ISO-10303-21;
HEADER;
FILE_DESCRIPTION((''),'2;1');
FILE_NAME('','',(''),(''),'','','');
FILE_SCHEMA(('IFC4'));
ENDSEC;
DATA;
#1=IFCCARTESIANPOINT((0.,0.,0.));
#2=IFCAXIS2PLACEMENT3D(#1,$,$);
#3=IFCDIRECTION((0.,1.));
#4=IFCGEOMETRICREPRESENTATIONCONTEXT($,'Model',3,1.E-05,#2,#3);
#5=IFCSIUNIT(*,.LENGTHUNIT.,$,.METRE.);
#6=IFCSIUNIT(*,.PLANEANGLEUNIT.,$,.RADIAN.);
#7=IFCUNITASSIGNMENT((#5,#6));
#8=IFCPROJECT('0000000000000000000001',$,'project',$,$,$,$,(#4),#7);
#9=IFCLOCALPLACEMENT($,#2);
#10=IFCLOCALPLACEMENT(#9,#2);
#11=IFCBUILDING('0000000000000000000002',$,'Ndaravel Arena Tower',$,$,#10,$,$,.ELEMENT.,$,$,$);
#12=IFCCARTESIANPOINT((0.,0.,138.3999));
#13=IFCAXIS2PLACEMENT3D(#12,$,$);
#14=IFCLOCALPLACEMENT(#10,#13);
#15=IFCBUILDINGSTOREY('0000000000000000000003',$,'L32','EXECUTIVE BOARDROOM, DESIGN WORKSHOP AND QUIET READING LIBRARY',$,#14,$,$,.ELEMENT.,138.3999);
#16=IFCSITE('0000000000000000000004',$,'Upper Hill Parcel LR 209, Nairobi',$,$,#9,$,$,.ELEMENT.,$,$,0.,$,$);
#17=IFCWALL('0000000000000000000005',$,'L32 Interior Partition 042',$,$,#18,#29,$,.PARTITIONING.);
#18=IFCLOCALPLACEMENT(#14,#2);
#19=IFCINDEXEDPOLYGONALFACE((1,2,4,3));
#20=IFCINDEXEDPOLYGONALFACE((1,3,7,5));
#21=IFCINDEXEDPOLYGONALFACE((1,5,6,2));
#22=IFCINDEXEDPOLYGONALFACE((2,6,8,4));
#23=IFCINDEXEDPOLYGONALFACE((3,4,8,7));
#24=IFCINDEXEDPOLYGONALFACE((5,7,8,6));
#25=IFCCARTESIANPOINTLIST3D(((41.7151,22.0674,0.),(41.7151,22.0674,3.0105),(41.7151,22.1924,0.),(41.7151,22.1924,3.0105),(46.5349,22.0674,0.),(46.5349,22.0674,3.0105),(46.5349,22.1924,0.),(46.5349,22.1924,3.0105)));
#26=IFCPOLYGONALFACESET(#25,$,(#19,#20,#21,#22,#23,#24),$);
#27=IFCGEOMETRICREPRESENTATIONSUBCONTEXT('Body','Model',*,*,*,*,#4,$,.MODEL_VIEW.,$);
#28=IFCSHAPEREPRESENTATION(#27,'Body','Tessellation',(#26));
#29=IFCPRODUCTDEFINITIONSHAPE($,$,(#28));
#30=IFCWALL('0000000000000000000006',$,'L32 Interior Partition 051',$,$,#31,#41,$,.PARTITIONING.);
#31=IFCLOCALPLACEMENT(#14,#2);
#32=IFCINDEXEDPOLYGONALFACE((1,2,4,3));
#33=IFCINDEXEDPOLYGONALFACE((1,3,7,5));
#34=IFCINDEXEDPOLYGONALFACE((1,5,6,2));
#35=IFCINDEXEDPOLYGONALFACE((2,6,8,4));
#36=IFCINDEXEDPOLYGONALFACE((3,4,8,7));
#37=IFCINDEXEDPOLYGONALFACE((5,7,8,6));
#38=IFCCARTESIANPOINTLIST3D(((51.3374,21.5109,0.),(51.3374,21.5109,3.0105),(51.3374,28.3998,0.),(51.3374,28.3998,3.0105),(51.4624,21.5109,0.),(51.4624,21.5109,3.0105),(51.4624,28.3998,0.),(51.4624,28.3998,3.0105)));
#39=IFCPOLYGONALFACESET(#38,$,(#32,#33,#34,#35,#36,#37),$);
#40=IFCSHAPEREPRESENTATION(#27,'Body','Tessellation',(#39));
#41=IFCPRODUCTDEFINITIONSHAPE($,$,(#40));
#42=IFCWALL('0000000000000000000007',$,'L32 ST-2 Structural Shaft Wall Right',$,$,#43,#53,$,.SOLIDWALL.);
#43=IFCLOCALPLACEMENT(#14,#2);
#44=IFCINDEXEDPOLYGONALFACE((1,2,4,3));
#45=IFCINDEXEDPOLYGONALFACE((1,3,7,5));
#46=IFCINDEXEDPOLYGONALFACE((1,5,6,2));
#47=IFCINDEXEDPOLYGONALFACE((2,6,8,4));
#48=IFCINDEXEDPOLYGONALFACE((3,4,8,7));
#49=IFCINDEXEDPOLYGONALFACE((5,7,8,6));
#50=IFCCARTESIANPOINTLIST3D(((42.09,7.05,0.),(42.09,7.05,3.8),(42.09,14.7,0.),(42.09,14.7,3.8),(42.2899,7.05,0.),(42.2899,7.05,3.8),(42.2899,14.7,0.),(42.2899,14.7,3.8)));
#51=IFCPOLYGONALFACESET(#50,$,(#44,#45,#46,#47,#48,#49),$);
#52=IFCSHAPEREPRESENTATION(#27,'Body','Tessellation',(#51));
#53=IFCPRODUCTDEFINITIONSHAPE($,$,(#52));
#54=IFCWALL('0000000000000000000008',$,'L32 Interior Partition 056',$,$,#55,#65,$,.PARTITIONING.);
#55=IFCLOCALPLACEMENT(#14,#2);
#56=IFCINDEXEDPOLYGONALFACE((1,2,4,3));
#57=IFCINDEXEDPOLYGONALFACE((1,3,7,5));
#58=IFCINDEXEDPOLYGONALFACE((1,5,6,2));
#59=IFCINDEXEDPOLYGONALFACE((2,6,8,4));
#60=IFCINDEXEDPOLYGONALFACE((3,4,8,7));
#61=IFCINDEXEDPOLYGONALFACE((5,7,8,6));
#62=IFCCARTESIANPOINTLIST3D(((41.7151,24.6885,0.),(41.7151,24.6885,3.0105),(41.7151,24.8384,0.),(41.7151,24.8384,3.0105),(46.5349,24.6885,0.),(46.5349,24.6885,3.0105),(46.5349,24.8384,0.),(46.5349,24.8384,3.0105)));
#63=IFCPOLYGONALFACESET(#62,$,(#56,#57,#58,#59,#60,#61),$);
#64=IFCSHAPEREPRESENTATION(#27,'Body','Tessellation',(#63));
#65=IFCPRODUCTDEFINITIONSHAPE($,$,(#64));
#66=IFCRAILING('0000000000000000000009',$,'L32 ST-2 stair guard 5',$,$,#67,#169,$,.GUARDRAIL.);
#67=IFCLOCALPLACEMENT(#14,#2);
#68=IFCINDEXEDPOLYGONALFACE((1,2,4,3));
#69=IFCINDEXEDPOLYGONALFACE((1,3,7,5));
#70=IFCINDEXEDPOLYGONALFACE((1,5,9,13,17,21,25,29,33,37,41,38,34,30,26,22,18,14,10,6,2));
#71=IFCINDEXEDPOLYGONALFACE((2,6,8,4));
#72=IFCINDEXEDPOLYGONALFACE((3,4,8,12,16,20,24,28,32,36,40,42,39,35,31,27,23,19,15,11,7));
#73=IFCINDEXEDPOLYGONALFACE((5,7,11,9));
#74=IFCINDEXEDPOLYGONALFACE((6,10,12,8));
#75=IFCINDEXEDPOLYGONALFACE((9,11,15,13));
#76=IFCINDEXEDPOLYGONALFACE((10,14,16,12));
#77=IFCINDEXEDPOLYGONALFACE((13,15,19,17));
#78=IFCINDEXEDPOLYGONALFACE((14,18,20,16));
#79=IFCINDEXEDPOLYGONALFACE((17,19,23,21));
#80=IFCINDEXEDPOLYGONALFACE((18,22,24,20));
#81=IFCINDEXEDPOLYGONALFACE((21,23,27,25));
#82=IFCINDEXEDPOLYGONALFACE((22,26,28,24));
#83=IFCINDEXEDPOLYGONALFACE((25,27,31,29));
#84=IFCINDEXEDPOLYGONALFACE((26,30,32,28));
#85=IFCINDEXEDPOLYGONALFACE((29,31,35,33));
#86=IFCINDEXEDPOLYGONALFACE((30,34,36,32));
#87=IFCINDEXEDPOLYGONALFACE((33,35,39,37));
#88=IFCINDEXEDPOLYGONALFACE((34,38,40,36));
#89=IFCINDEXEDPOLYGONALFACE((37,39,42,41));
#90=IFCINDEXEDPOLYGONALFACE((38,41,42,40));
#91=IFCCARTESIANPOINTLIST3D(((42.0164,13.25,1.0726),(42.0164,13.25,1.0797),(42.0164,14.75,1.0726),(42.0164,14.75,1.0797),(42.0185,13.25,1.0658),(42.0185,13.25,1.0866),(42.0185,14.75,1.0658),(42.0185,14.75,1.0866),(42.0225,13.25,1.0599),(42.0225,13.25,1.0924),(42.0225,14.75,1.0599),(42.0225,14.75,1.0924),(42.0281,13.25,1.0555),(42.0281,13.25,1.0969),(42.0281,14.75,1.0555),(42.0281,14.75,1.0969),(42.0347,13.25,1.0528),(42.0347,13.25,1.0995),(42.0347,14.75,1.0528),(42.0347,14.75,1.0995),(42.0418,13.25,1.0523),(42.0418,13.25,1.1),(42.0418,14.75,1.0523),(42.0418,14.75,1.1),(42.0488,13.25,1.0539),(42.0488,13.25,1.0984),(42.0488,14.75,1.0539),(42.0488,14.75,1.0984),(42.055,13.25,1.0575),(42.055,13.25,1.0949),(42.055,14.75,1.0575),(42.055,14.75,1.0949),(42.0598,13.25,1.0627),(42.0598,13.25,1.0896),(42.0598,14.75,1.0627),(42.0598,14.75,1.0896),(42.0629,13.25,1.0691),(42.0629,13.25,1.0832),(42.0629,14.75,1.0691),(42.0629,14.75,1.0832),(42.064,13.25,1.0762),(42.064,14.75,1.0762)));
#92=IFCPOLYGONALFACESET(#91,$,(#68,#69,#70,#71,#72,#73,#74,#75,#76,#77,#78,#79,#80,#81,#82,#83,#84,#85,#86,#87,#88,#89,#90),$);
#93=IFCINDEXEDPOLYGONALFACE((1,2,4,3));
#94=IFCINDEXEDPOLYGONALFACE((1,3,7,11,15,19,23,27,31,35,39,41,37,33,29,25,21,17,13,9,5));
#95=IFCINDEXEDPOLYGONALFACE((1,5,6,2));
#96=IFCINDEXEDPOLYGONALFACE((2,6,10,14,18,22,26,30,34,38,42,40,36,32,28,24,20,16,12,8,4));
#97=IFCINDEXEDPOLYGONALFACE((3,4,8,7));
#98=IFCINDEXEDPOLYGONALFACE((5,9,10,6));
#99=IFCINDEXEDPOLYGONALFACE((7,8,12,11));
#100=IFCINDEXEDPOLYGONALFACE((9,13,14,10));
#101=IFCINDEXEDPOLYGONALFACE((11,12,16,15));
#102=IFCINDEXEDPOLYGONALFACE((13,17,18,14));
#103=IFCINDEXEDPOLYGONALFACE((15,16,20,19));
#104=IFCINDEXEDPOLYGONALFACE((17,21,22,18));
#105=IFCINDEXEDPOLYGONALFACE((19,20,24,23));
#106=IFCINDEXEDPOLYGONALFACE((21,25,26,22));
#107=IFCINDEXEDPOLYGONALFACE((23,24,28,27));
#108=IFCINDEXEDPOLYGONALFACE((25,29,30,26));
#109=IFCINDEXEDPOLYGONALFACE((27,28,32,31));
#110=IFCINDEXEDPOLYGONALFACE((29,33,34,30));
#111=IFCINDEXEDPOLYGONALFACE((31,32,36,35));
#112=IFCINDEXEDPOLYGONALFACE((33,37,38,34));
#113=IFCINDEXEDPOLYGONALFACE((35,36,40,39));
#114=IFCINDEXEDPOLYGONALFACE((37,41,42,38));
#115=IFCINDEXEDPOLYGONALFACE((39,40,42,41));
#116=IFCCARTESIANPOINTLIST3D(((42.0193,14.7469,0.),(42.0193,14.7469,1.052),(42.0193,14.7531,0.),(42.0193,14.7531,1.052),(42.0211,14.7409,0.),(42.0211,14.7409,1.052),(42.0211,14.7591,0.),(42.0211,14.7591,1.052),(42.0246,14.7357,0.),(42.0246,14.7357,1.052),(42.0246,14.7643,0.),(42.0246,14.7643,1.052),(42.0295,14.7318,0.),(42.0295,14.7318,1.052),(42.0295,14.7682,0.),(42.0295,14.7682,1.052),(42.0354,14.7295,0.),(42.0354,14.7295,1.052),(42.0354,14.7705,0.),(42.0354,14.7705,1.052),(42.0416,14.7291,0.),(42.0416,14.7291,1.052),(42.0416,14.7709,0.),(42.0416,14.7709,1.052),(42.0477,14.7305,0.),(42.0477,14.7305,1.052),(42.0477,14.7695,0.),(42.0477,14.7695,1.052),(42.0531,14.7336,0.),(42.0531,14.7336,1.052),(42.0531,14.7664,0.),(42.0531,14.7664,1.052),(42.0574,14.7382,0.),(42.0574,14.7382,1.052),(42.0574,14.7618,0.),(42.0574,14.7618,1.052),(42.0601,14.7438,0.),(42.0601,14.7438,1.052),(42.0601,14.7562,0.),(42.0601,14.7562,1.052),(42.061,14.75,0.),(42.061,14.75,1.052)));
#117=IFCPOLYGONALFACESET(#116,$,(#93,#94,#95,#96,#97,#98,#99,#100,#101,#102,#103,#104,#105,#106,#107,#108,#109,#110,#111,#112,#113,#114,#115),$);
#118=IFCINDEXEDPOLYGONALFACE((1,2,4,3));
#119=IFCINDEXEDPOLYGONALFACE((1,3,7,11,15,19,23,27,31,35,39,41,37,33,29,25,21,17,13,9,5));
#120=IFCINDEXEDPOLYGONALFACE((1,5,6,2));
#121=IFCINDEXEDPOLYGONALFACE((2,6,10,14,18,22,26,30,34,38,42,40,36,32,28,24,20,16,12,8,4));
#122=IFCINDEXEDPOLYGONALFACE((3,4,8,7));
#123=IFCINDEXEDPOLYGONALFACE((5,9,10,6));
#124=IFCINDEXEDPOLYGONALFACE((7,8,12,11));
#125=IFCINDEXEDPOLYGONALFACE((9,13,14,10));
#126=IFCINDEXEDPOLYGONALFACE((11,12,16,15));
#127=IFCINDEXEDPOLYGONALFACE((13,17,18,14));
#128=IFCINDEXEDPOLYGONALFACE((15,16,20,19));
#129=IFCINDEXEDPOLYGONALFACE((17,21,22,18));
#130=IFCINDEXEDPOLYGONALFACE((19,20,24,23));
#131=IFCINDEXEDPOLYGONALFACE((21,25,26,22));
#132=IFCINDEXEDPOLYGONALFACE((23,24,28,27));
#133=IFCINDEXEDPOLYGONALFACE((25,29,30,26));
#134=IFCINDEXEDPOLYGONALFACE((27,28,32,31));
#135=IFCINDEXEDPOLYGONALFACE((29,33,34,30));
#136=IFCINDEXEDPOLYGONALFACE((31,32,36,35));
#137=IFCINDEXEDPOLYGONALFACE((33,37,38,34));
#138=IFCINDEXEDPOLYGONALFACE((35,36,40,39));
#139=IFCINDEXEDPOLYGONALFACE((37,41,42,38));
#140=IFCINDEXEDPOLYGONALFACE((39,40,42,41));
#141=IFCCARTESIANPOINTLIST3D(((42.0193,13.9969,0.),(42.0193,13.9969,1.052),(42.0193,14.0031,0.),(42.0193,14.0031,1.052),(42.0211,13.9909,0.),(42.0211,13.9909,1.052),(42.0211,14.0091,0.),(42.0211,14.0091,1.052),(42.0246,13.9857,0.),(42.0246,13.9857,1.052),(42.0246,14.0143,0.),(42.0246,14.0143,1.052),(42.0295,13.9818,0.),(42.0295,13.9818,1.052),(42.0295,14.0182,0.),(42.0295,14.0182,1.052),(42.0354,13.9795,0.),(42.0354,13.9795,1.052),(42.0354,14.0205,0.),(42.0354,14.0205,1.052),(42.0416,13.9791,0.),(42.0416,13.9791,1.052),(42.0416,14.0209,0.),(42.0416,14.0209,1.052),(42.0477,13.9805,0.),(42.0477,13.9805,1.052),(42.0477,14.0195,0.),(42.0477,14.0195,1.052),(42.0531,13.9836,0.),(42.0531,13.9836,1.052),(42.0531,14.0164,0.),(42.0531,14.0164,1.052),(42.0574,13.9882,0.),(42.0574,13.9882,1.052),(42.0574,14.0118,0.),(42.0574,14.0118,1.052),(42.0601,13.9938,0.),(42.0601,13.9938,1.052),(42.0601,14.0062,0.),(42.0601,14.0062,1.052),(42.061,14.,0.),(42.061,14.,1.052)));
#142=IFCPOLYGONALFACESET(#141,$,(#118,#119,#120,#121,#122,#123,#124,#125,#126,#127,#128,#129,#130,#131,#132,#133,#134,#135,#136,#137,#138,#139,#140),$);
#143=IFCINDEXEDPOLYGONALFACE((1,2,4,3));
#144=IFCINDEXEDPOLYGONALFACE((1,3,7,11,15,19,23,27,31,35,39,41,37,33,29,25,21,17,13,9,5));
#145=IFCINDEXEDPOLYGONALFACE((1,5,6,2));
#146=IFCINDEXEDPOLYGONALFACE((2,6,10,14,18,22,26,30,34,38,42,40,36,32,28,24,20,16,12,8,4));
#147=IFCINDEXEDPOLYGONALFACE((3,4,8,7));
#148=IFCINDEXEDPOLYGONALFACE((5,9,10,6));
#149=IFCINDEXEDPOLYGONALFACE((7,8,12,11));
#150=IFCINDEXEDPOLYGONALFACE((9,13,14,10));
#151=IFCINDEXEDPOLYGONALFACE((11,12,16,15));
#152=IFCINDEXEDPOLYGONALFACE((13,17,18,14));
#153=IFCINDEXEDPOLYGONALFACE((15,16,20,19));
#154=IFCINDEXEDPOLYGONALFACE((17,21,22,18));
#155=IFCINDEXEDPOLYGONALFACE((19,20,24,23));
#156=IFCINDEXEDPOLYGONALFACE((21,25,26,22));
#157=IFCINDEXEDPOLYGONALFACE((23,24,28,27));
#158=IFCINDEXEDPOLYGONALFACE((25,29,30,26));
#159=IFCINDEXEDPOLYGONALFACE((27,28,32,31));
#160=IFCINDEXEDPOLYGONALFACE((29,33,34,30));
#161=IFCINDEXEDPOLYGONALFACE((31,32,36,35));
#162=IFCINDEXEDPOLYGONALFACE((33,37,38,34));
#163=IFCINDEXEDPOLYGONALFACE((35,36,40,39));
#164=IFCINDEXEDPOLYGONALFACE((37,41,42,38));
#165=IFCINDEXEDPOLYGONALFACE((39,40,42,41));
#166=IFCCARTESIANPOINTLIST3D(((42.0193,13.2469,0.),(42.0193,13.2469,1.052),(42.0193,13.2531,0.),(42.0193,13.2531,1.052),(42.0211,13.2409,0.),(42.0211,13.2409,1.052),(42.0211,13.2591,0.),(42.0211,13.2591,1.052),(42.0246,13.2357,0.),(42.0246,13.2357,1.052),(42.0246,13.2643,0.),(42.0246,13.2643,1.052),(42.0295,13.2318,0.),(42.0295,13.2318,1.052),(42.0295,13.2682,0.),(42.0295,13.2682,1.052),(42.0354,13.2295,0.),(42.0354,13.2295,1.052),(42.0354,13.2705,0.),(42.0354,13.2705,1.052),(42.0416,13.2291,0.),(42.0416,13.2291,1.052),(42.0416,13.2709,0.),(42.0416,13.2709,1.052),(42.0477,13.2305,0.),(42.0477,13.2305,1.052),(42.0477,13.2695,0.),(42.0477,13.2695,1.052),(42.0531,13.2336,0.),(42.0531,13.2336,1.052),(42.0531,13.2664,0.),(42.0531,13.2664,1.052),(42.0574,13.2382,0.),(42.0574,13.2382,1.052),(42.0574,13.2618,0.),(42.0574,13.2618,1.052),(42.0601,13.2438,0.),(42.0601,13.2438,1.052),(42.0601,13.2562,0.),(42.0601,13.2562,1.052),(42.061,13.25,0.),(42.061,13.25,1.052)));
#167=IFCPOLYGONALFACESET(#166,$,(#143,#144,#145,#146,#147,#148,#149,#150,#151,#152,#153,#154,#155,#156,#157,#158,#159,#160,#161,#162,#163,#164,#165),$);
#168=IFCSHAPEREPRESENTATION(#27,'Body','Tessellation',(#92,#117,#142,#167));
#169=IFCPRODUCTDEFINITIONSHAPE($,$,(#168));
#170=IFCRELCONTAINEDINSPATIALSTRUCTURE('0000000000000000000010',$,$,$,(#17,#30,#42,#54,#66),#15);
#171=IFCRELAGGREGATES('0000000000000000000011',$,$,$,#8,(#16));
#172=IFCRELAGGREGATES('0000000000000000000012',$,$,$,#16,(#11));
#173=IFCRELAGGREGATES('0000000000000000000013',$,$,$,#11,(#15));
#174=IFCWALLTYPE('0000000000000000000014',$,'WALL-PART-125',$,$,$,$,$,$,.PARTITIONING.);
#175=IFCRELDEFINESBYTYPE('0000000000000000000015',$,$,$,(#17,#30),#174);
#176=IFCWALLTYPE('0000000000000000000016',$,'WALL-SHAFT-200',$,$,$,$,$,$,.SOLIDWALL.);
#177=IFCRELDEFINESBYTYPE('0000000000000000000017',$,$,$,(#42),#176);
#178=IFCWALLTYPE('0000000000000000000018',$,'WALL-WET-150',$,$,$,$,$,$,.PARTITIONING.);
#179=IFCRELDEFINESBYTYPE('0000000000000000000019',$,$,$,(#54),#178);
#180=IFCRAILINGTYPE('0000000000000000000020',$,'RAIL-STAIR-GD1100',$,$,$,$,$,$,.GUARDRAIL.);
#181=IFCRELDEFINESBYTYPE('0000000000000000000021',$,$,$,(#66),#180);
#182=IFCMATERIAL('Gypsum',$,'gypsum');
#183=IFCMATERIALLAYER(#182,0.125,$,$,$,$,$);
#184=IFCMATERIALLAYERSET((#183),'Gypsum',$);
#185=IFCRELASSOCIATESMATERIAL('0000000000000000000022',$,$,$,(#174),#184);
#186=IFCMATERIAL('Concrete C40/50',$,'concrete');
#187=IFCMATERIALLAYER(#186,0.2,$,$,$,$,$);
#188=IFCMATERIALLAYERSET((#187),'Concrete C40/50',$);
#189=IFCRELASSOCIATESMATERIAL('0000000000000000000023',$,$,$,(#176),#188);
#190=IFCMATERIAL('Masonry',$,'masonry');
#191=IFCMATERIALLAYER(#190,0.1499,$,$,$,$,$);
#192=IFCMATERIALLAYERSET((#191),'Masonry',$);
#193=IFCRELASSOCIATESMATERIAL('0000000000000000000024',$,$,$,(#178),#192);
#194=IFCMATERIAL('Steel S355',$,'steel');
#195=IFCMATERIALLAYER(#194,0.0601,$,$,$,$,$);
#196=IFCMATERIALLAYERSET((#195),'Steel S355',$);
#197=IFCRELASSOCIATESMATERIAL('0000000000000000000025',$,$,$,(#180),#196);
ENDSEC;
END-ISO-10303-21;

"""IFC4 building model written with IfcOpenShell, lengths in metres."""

from ifc_helpers import new_model, si_unit, direction, frame, frame_2d, origin, origin_2d, place, context, subcontext, project, spatial, rectangle, circle, extrude, material, layer, layer_set, type_object, element, save


model = new_model("IFC4")

# Units and contexts
model_context = context("Model", 3, precision=1e-05, world=origin(), true_north=direction((0.0, 1.0)))
body_context = subcontext(model_context, "Body", "Model", "MODEL_VIEW")
ifc_project = project(units=[si_unit("LENGTHUNIT", "METRE"), si_unit("PLANEANGLEUNIT", "RADIAN")], contexts=[model_context])

# Site, building, storey
site_placement = place(None, origin())
site = spatial("IfcSite", under=ifc_project, at=site_placement, Name="Upper Hill Parcel LR 209, Nairobi", CompositionType="ELEMENT", RefElevation=0.0)
building_placement = place(site_placement, origin())
building = spatial("IfcBuilding", under=site, at=building_placement, Name="Ndaravel Arena Tower", CompositionType="ELEMENT")
storey_placement = place(building_placement, frame((0.0, 0.0, 138.3999)))
storey = spatial("IfcBuildingStorey", under=building, at=storey_placement, Name="L32", Description="EXECUTIVE BOARDROOM, DESIGN WORKSHOP AND QUIET READING LIBRARY", CompositionType="ELEMENT", Elevation=138.3999)

# Shared definitions
ifc_material_1 = material(Name="Gypsum", Category="gypsum")
ifc_layer_1 = layer(ifc_material_1, 0.125)
ifc_layer_set_1 = layer_set([ifc_layer_1], Name="Gypsum")
wall_type_1 = type_object("IfcWallType", Name="WALL-PART-125", PredefinedType="PARTITIONING", material=ifc_layer_set_1)

# Walls
wall_1_placement = place(storey_placement, frame((41.7151, 22.1299, 0.0), z_axis=(0.0, 0.0, 1.0), x_axis=(1.0, 0.0, 0.0)))
element("IfcWall", 1, at=wall_1_placement, inside=storey, type_object=wall_type_1, Name="L32 Interior Partition 042", PredefinedType="PARTITIONING", context=body_context, shape_type="SweptSolid", body=[
    extrude(rectangle(XDim=4.8198, YDim=0.125, at=frame_2d((2.4099, 0.0))), origin(), (0.0, 0.0, 1.0), 3.0105),
])
wall_2_placement = place(storey_placement, frame((51.3999, 21.511, 0.0), z_axis=(0.0, 0.0, 1.0), x_axis=(0.0, 1.0, 0.0)))
element("IfcWall", 2, at=wall_2_placement, inside=storey, type_object=wall_type_1, Name="L32 Interior Partition 051", PredefinedType="PARTITIONING", context=body_context, shape_type="SweptSolid", body=[
    extrude(rectangle(XDim=6.8889, YDim=0.125, at=frame_2d((3.4443, 0.0))), origin(), (0.0, 0.0, 1.0), 3.0105),
])
ifc_material_2 = material(Name="Concrete C40/50", Category="concrete")
ifc_layer_2 = layer(ifc_material_2, 0.2)
ifc_layer_set_2 = layer_set([ifc_layer_2], Name="Concrete C40/50")
wall_type_2 = type_object("IfcWallType", Name="WALL-SHAFT-200", PredefinedType="SOLIDWALL", material=ifc_layer_set_2)
wall_3_placement = place(storey_placement, frame((42.1899, 14.7, 0.0), z_axis=(0.0, 0.0, 1.0), x_axis=(0.0, -1.0, 0.0)))
element("IfcWall", 3, at=wall_3_placement, inside=storey, type_object=wall_type_2, Name="L32 ST-2 Structural Shaft Wall Right", PredefinedType="SOLIDWALL", context=body_context, shape_type="SweptSolid", body=[
    extrude(rectangle(XDim=7.6499, YDim=0.2, at=frame_2d((3.825, 0.0))), origin(), (0.0, 0.0, 1.0), 3.8),
])

# Shared definitions
ifc_material_3 = material(Name="Masonry", Category="masonry")
ifc_layer_3 = layer(ifc_material_3, 0.1499)
ifc_layer_set_3 = layer_set([ifc_layer_3], Name="Masonry")
wall_type_3 = type_object("IfcWallType", Name="WALL-WET-150", PredefinedType="PARTITIONING", material=ifc_layer_set_3)

# Wall
wall_4_placement = place(storey_placement, frame((41.7151, 24.7634, 0.0), z_axis=(0.0, 0.0, 1.0), x_axis=(1.0, 0.0, 0.0)))
element("IfcWall", 4, at=wall_4_placement, inside=storey, type_object=wall_type_3, Name="L32 Interior Partition 056", PredefinedType="PARTITIONING", context=body_context, shape_type="SweptSolid", body=[
    extrude(rectangle(XDim=4.8198, YDim=0.1499, at=frame_2d((2.4099, 0.0))), origin(), (0.0, 0.0, 1.0), 3.0105),
])

# Railing
ifc_material_4 = material(Name="Steel S355", Category="steel")
ifc_layer_4 = layer(ifc_material_4, 0.0601)
ifc_layer_set_4 = layer_set([ifc_layer_4], Name="Steel S355")
railing_type = type_object("IfcRailingType", Name="RAIL-STAIR-GD1100", PredefinedType="GUARDRAIL", material=ifc_layer_set_4)
railing_placement = place(storey_placement, frame((42.04, 14.75, 0.0)))
element("IfcRailing", 5, at=railing_placement, inside=storey, type_object=railing_type, Name="L32 ST-2 stair guard 5", PredefinedType="GUARDRAIL", context=body_context, shape_type="SweptSolid", body=[
    extrude(circle(Radius=0.0239, at=origin_2d()), frame((0.0, 0.0, 1.0762), z_axis=(0.0, -1.0, 0.0), x_axis=(1.0, 0.0, 0.0)), (0.0, 0.0, 1.0), 1.5),
    extrude(circle(Radius=0.021, at=origin_2d()), origin(), (0.0, 0.0, 1.0), 1.052),
    extrude(circle(Radius=0.021, at=origin_2d()), frame((0.0, -0.75, 0.0)), (0.0, 0.0, 1.0), 1.052),
    extrude(circle(Radius=0.021, at=origin_2d()), frame((0.0, -1.5, 0.0)), (0.0, 0.0, 1.0), 1.052),
])

save(model, "model.ifc")
